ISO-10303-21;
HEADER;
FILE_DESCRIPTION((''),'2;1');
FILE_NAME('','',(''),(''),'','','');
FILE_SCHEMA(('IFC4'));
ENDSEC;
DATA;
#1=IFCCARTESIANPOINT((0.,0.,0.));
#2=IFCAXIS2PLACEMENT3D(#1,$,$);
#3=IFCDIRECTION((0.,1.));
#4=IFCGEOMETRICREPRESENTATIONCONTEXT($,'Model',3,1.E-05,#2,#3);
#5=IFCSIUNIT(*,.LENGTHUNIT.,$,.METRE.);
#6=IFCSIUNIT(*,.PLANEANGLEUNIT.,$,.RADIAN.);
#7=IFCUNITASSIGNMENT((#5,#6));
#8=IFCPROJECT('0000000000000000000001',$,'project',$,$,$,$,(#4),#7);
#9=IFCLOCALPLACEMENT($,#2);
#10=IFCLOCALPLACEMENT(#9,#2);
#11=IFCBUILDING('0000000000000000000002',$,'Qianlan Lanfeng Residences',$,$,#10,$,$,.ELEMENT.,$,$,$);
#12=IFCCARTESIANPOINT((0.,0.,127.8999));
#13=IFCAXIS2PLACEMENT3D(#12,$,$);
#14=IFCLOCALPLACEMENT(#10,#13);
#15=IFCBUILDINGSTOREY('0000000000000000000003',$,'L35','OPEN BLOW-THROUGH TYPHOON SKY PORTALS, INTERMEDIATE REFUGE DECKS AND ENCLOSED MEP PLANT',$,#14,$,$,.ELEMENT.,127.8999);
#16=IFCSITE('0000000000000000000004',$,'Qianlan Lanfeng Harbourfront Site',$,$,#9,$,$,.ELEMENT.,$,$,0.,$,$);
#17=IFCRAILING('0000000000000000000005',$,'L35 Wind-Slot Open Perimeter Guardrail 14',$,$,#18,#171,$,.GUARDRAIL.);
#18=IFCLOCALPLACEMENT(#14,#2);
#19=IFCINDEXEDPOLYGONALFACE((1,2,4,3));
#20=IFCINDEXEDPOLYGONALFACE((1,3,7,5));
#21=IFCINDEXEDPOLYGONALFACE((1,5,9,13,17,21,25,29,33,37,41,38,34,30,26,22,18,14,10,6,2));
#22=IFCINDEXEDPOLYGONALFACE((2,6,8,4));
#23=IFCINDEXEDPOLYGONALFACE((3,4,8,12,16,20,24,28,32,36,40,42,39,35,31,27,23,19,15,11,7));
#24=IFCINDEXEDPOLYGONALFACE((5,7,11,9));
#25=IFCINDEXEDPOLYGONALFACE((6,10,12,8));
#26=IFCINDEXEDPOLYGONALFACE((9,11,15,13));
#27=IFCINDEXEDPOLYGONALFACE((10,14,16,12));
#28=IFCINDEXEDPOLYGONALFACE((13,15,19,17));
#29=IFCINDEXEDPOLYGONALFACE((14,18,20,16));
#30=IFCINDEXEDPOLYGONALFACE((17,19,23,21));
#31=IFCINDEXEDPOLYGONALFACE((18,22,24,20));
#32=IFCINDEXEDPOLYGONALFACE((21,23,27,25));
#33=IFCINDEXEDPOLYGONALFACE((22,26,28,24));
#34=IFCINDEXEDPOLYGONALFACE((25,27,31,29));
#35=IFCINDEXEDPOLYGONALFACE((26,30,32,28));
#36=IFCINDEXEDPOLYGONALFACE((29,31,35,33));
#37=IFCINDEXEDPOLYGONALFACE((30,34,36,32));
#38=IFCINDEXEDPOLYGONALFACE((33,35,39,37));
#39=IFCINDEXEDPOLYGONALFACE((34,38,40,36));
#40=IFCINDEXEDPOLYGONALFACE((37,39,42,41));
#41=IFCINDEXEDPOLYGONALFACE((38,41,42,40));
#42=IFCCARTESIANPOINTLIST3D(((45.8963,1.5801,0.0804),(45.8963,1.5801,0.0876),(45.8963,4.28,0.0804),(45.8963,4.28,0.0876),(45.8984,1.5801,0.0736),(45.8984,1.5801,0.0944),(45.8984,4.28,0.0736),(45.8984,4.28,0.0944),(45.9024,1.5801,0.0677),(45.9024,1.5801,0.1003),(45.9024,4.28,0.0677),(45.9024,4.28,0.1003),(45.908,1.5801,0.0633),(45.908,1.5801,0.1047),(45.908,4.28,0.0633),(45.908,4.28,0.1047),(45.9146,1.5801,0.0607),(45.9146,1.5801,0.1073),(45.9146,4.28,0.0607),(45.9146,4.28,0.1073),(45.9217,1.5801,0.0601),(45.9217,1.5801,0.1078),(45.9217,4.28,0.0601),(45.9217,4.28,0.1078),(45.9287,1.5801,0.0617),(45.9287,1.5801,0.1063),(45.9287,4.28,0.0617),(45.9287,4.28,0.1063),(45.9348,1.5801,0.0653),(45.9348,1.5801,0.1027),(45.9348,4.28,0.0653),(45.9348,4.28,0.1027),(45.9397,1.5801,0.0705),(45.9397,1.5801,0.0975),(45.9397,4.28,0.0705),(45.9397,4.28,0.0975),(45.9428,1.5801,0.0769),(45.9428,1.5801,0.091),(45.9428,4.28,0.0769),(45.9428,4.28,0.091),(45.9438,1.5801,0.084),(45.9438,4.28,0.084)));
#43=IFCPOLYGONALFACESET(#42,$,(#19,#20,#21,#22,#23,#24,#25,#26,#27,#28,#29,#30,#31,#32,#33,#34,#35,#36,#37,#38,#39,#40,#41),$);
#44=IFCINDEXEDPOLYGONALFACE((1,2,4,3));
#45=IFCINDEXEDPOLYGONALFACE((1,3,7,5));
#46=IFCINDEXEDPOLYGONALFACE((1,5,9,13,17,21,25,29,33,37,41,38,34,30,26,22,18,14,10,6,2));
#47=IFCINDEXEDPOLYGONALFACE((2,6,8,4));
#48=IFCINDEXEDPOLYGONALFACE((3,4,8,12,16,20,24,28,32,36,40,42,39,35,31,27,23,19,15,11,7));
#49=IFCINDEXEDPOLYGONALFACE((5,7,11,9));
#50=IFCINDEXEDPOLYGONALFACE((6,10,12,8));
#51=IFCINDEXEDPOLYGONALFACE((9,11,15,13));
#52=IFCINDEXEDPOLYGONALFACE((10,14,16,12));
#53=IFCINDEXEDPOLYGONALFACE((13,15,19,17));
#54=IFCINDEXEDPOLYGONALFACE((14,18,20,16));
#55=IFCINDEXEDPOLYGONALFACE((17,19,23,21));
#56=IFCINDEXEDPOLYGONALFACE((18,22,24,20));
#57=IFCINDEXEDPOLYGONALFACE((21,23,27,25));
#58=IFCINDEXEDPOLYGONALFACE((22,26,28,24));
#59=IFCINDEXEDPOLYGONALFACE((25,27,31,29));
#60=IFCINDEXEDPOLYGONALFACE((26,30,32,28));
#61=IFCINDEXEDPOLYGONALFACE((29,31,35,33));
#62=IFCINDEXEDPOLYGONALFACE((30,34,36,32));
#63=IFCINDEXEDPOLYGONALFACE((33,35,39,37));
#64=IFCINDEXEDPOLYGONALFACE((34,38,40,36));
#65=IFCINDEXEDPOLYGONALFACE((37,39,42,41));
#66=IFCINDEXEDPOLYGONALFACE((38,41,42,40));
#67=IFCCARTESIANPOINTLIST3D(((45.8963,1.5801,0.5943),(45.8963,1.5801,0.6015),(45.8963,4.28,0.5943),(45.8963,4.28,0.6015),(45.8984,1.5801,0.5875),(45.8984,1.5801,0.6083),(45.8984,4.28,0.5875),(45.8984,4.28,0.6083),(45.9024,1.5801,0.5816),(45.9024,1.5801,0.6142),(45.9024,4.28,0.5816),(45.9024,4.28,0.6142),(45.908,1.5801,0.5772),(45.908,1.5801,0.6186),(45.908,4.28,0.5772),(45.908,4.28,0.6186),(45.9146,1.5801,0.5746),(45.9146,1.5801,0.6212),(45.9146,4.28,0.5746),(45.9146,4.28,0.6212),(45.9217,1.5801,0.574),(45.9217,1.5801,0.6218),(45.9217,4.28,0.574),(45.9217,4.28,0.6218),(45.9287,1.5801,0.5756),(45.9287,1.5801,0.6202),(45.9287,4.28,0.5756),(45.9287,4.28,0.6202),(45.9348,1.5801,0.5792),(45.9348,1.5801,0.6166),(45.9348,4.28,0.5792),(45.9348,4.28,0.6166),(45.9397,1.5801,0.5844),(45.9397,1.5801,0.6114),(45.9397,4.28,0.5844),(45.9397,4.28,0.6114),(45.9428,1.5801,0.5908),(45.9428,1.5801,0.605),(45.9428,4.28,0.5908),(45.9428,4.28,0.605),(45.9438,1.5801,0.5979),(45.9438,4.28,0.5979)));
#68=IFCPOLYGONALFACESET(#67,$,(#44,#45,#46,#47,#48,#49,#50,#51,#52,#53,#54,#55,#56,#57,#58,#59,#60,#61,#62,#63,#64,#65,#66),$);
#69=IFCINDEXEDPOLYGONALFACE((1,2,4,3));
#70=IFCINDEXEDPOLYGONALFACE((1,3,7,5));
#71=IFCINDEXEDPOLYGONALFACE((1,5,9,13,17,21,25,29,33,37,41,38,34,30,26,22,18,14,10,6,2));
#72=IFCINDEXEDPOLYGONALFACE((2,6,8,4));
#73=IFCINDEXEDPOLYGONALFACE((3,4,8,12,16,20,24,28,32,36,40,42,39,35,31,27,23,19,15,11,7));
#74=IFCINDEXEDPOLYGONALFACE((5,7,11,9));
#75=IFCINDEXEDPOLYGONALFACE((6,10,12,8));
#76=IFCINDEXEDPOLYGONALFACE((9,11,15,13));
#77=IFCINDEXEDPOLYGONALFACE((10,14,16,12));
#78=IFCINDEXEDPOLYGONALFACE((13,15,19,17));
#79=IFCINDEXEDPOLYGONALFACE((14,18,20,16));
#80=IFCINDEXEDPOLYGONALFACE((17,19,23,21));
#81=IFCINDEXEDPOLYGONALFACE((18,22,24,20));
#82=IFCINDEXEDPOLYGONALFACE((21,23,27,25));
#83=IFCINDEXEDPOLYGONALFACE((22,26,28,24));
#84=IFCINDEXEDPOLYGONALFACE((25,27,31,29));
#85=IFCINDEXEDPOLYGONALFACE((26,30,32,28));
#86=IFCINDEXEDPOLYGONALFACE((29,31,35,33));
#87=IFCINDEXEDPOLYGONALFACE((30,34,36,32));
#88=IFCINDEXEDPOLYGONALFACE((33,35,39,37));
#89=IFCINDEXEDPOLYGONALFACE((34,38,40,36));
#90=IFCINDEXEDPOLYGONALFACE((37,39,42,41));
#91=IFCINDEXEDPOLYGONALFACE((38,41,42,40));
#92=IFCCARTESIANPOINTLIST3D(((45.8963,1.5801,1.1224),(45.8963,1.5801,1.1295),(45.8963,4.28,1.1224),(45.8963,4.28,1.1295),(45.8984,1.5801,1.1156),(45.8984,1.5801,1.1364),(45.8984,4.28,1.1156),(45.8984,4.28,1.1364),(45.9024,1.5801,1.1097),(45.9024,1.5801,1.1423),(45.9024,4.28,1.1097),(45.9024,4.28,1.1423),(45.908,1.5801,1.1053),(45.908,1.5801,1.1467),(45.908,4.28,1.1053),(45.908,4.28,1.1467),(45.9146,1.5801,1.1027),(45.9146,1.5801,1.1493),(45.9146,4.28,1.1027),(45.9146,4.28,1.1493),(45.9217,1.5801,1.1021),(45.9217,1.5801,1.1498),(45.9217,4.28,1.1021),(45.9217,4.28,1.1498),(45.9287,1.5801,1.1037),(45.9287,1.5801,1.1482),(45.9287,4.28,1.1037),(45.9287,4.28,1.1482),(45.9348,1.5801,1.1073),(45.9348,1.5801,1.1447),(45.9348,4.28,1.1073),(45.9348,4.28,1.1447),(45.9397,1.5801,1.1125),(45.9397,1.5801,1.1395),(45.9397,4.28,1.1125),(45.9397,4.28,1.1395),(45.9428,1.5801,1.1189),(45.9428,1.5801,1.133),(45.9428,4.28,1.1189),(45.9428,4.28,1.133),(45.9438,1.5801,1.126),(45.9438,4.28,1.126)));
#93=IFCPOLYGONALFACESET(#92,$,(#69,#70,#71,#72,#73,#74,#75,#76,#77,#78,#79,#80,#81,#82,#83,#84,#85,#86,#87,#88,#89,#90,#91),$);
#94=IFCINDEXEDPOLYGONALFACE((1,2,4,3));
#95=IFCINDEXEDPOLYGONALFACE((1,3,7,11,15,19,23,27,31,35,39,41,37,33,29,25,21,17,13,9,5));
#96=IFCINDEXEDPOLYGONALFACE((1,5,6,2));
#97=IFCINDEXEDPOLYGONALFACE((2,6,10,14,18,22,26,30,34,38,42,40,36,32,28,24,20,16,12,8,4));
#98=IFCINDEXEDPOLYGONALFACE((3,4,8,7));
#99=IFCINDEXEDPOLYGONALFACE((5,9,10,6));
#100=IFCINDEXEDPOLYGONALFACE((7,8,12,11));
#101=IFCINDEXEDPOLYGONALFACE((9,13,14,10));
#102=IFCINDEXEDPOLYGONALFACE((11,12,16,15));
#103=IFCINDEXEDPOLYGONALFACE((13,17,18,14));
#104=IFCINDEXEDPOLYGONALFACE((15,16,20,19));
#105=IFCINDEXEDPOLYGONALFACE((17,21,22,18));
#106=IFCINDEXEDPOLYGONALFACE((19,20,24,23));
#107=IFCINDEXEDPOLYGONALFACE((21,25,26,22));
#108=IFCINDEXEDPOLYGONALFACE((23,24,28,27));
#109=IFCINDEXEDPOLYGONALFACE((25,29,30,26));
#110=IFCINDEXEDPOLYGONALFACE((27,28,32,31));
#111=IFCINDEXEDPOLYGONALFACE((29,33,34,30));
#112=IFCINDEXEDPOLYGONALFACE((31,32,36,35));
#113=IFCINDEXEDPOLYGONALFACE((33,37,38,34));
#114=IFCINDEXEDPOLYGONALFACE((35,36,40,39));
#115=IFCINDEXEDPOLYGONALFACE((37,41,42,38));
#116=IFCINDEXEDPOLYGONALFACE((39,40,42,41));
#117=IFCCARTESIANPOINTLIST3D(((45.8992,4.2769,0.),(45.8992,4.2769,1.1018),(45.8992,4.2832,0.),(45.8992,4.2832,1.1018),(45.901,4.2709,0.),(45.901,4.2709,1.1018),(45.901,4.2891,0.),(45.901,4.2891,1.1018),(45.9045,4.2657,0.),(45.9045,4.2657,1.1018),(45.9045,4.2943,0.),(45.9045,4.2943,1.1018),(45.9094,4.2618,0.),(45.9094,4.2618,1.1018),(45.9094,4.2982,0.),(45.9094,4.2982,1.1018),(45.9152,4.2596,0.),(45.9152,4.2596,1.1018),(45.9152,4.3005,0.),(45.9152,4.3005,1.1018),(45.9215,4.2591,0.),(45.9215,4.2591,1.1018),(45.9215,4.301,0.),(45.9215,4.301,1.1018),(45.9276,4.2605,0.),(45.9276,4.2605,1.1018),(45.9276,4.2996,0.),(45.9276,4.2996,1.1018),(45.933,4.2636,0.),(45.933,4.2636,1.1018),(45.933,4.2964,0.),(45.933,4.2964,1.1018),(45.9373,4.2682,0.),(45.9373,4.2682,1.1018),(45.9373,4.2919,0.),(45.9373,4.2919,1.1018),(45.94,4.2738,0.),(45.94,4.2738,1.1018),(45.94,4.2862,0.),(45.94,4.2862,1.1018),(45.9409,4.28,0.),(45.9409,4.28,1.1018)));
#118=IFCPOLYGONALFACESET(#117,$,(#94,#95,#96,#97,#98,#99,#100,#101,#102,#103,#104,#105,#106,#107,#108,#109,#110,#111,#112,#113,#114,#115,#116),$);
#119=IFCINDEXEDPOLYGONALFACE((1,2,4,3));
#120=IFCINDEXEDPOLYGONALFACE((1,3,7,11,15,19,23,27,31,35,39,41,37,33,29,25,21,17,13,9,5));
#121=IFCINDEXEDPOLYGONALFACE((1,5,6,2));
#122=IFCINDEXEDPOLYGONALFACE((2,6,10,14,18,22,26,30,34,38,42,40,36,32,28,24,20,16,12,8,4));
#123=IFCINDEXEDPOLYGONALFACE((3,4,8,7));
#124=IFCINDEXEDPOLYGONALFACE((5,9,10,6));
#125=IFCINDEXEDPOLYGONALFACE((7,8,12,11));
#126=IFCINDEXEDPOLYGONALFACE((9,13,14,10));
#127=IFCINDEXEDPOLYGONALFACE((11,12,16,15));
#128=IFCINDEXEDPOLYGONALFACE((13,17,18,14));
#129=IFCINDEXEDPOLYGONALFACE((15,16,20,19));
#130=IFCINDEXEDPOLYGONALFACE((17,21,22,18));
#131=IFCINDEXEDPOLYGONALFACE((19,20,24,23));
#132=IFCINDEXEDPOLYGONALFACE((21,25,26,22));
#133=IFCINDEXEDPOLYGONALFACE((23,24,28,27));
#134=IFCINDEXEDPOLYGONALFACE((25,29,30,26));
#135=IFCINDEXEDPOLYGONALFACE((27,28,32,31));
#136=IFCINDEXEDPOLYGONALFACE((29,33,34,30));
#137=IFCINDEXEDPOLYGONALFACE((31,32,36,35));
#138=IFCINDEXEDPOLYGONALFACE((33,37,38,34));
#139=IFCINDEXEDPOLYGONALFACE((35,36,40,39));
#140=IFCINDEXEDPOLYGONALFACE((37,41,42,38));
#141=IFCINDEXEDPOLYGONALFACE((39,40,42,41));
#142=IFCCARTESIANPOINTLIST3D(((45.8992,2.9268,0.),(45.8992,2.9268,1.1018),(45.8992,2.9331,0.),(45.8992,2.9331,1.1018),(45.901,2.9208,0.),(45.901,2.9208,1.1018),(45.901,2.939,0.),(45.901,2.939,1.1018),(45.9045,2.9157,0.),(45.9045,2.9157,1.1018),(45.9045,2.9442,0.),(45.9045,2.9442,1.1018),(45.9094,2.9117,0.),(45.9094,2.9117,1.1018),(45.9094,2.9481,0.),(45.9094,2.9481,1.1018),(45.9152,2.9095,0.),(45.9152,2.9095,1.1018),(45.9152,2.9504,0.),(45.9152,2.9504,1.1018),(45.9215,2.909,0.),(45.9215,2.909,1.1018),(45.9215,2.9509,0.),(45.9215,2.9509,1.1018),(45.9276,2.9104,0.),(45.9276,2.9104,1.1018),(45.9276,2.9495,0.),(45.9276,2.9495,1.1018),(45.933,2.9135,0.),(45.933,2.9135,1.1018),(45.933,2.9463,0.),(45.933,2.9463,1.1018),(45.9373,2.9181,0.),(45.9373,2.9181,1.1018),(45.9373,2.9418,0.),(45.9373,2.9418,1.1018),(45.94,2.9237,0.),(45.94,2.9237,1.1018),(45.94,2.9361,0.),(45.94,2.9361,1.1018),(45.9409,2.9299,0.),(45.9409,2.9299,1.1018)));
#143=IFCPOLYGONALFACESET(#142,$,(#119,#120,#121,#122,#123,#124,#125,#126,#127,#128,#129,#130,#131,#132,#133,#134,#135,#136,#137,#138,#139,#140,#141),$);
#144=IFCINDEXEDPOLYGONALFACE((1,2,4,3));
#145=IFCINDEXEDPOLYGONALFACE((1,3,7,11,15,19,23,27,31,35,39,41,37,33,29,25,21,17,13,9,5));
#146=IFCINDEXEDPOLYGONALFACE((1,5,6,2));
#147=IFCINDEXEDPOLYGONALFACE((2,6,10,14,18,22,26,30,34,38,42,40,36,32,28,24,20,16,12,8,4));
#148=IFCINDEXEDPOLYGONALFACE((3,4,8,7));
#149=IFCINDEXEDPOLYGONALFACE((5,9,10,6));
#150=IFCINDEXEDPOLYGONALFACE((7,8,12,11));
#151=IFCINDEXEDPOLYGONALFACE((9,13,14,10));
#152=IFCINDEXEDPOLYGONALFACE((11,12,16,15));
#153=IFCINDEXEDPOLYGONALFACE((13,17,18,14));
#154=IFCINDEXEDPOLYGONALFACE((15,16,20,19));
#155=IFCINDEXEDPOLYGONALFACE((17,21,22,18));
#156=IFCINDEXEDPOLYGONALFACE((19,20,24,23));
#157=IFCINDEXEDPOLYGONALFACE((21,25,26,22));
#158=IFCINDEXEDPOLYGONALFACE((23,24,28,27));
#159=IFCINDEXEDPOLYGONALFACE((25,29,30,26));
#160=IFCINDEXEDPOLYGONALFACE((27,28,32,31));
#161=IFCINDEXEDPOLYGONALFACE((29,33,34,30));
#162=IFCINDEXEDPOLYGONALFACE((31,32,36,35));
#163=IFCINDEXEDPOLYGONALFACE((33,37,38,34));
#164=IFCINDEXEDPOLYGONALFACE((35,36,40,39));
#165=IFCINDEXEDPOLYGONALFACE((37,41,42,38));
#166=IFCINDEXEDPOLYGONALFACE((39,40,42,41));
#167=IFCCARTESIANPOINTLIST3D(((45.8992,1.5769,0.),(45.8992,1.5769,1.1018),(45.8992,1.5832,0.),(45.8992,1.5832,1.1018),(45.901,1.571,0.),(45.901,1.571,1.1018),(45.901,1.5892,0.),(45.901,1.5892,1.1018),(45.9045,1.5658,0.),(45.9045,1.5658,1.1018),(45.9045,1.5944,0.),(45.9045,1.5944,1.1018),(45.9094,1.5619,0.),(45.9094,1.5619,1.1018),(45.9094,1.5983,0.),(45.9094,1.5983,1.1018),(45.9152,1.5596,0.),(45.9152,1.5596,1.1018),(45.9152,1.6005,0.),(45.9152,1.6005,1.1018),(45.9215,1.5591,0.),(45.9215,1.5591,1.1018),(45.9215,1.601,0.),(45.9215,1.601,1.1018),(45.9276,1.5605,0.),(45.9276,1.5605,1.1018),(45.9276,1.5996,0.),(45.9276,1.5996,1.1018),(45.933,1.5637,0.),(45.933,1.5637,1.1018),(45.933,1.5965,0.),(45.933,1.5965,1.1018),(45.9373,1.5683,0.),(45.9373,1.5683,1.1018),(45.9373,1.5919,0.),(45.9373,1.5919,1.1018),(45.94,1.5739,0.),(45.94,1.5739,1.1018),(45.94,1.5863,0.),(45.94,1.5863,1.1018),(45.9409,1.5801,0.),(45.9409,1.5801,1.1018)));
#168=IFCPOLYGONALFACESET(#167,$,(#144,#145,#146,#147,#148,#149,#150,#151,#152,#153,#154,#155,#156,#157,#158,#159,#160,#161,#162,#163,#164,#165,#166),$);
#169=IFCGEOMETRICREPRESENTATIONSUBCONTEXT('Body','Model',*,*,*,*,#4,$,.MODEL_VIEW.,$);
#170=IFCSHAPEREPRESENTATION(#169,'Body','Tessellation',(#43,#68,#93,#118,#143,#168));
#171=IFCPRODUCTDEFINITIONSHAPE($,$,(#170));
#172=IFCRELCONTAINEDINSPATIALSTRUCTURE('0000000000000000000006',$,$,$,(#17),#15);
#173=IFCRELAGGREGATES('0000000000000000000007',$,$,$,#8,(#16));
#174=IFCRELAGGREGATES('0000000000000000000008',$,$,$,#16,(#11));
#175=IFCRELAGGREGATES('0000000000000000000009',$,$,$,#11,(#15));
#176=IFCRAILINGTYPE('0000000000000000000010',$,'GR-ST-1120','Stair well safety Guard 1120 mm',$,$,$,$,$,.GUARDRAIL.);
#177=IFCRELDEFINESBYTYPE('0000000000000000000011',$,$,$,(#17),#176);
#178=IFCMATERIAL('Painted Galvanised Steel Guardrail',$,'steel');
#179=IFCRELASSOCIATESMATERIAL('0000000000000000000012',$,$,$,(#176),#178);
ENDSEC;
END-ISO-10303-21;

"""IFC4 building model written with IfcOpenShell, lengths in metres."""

from ifc_helpers import new_model, si_unit, direction, frame, origin, origin_2d, place, context, subcontext, project, spatial, circle, extrude, material, type_object, element, save


model = new_model("IFC4")

# Units and contexts
model_context = context("Model", 3, precision=1e-05, world=origin(), true_north=direction((0.0, 1.0)))
body_context = subcontext(model_context, "Body", "Model", "MODEL_VIEW")
ifc_project = project(units=[si_unit("LENGTHUNIT", "METRE"), si_unit("PLANEANGLEUNIT", "RADIAN")], contexts=[model_context])

# Site, building, storey
site_placement = place(None, origin())
site = spatial("IfcSite", under=ifc_project, at=site_placement, Name="Qianlan Lanfeng Harbourfront Site", CompositionType="ELEMENT", RefElevation=0.0)
building_placement = place(site_placement, origin())
building = spatial("IfcBuilding", under=site, at=building_placement, Name="Qianlan Lanfeng Residences", CompositionType="ELEMENT")
storey_placement = place(building_placement, frame((0.0, 0.0, 127.8999)))
storey = spatial("IfcBuildingStorey", under=building, at=storey_placement, Name="L35", Description="OPEN BLOW-THROUGH TYPHOON SKY PORTALS, INTERMEDIATE REFUGE DECKS AND ENCLOSED MEP PLANT", CompositionType="ELEMENT", Elevation=127.8999)

# Railing
ifc_material_1 = material(Name="Painted Galvanised Steel Guardrail", Category="steel")
railing_type = type_object("IfcRailingType", Name="GR-ST-1120", Description="Stair well safety Guard 1120 mm", PredefinedType="GUARDRAIL", material=ifc_material_1)
railing_1_placement = place(storey_placement, frame((45.9199, 4.28, 0.0)))
element("IfcRailing", 1, at=railing_1_placement, inside=storey, type_object=railing_type, Name="L35 Wind-Slot Open Perimeter Guardrail 14", PredefinedType="GUARDRAIL", context=body_context, shape_type="SweptSolid", body=[
    extrude(circle(Radius=0.0239, at=origin_2d()), frame((0.0, 0.0, 0.084), z_axis=(0.0, -1.0, 0.0), x_axis=(1.0, 0.0, 0.0)), (0.0, 0.0, 1.0), 2.7),
    extrude(circle(Radius=0.0239, at=origin_2d()), frame((0.0, 0.0, 0.5979), z_axis=(0.0, -1.0, 0.0), x_axis=(1.0, 0.0, 0.0)), (0.0, 0.0, 1.0), 2.7),
    extrude(circle(Radius=0.0239, at=origin_2d()), frame((0.0, 0.0, 1.126), z_axis=(0.0, -1.0, 0.0), x_axis=(1.0, 0.0, 0.0)), (0.0, 0.0, 1.0), 2.7),
    extrude(circle(Radius=0.021, at=origin_2d()), origin(), (0.0, 0.0, 1.0), 1.1018),
    extrude(circle(Radius=0.021, at=origin_2d()), frame((0.0, -1.3501, 0.0)), (0.0, 0.0, 1.0), 1.1018),
    extrude(circle(Radius=0.021, at=origin_2d()), frame((0.0, -2.7, 0.0)), (0.0, 0.0, 1.0), 1.1018),
])

save(model, "model.ifc")
